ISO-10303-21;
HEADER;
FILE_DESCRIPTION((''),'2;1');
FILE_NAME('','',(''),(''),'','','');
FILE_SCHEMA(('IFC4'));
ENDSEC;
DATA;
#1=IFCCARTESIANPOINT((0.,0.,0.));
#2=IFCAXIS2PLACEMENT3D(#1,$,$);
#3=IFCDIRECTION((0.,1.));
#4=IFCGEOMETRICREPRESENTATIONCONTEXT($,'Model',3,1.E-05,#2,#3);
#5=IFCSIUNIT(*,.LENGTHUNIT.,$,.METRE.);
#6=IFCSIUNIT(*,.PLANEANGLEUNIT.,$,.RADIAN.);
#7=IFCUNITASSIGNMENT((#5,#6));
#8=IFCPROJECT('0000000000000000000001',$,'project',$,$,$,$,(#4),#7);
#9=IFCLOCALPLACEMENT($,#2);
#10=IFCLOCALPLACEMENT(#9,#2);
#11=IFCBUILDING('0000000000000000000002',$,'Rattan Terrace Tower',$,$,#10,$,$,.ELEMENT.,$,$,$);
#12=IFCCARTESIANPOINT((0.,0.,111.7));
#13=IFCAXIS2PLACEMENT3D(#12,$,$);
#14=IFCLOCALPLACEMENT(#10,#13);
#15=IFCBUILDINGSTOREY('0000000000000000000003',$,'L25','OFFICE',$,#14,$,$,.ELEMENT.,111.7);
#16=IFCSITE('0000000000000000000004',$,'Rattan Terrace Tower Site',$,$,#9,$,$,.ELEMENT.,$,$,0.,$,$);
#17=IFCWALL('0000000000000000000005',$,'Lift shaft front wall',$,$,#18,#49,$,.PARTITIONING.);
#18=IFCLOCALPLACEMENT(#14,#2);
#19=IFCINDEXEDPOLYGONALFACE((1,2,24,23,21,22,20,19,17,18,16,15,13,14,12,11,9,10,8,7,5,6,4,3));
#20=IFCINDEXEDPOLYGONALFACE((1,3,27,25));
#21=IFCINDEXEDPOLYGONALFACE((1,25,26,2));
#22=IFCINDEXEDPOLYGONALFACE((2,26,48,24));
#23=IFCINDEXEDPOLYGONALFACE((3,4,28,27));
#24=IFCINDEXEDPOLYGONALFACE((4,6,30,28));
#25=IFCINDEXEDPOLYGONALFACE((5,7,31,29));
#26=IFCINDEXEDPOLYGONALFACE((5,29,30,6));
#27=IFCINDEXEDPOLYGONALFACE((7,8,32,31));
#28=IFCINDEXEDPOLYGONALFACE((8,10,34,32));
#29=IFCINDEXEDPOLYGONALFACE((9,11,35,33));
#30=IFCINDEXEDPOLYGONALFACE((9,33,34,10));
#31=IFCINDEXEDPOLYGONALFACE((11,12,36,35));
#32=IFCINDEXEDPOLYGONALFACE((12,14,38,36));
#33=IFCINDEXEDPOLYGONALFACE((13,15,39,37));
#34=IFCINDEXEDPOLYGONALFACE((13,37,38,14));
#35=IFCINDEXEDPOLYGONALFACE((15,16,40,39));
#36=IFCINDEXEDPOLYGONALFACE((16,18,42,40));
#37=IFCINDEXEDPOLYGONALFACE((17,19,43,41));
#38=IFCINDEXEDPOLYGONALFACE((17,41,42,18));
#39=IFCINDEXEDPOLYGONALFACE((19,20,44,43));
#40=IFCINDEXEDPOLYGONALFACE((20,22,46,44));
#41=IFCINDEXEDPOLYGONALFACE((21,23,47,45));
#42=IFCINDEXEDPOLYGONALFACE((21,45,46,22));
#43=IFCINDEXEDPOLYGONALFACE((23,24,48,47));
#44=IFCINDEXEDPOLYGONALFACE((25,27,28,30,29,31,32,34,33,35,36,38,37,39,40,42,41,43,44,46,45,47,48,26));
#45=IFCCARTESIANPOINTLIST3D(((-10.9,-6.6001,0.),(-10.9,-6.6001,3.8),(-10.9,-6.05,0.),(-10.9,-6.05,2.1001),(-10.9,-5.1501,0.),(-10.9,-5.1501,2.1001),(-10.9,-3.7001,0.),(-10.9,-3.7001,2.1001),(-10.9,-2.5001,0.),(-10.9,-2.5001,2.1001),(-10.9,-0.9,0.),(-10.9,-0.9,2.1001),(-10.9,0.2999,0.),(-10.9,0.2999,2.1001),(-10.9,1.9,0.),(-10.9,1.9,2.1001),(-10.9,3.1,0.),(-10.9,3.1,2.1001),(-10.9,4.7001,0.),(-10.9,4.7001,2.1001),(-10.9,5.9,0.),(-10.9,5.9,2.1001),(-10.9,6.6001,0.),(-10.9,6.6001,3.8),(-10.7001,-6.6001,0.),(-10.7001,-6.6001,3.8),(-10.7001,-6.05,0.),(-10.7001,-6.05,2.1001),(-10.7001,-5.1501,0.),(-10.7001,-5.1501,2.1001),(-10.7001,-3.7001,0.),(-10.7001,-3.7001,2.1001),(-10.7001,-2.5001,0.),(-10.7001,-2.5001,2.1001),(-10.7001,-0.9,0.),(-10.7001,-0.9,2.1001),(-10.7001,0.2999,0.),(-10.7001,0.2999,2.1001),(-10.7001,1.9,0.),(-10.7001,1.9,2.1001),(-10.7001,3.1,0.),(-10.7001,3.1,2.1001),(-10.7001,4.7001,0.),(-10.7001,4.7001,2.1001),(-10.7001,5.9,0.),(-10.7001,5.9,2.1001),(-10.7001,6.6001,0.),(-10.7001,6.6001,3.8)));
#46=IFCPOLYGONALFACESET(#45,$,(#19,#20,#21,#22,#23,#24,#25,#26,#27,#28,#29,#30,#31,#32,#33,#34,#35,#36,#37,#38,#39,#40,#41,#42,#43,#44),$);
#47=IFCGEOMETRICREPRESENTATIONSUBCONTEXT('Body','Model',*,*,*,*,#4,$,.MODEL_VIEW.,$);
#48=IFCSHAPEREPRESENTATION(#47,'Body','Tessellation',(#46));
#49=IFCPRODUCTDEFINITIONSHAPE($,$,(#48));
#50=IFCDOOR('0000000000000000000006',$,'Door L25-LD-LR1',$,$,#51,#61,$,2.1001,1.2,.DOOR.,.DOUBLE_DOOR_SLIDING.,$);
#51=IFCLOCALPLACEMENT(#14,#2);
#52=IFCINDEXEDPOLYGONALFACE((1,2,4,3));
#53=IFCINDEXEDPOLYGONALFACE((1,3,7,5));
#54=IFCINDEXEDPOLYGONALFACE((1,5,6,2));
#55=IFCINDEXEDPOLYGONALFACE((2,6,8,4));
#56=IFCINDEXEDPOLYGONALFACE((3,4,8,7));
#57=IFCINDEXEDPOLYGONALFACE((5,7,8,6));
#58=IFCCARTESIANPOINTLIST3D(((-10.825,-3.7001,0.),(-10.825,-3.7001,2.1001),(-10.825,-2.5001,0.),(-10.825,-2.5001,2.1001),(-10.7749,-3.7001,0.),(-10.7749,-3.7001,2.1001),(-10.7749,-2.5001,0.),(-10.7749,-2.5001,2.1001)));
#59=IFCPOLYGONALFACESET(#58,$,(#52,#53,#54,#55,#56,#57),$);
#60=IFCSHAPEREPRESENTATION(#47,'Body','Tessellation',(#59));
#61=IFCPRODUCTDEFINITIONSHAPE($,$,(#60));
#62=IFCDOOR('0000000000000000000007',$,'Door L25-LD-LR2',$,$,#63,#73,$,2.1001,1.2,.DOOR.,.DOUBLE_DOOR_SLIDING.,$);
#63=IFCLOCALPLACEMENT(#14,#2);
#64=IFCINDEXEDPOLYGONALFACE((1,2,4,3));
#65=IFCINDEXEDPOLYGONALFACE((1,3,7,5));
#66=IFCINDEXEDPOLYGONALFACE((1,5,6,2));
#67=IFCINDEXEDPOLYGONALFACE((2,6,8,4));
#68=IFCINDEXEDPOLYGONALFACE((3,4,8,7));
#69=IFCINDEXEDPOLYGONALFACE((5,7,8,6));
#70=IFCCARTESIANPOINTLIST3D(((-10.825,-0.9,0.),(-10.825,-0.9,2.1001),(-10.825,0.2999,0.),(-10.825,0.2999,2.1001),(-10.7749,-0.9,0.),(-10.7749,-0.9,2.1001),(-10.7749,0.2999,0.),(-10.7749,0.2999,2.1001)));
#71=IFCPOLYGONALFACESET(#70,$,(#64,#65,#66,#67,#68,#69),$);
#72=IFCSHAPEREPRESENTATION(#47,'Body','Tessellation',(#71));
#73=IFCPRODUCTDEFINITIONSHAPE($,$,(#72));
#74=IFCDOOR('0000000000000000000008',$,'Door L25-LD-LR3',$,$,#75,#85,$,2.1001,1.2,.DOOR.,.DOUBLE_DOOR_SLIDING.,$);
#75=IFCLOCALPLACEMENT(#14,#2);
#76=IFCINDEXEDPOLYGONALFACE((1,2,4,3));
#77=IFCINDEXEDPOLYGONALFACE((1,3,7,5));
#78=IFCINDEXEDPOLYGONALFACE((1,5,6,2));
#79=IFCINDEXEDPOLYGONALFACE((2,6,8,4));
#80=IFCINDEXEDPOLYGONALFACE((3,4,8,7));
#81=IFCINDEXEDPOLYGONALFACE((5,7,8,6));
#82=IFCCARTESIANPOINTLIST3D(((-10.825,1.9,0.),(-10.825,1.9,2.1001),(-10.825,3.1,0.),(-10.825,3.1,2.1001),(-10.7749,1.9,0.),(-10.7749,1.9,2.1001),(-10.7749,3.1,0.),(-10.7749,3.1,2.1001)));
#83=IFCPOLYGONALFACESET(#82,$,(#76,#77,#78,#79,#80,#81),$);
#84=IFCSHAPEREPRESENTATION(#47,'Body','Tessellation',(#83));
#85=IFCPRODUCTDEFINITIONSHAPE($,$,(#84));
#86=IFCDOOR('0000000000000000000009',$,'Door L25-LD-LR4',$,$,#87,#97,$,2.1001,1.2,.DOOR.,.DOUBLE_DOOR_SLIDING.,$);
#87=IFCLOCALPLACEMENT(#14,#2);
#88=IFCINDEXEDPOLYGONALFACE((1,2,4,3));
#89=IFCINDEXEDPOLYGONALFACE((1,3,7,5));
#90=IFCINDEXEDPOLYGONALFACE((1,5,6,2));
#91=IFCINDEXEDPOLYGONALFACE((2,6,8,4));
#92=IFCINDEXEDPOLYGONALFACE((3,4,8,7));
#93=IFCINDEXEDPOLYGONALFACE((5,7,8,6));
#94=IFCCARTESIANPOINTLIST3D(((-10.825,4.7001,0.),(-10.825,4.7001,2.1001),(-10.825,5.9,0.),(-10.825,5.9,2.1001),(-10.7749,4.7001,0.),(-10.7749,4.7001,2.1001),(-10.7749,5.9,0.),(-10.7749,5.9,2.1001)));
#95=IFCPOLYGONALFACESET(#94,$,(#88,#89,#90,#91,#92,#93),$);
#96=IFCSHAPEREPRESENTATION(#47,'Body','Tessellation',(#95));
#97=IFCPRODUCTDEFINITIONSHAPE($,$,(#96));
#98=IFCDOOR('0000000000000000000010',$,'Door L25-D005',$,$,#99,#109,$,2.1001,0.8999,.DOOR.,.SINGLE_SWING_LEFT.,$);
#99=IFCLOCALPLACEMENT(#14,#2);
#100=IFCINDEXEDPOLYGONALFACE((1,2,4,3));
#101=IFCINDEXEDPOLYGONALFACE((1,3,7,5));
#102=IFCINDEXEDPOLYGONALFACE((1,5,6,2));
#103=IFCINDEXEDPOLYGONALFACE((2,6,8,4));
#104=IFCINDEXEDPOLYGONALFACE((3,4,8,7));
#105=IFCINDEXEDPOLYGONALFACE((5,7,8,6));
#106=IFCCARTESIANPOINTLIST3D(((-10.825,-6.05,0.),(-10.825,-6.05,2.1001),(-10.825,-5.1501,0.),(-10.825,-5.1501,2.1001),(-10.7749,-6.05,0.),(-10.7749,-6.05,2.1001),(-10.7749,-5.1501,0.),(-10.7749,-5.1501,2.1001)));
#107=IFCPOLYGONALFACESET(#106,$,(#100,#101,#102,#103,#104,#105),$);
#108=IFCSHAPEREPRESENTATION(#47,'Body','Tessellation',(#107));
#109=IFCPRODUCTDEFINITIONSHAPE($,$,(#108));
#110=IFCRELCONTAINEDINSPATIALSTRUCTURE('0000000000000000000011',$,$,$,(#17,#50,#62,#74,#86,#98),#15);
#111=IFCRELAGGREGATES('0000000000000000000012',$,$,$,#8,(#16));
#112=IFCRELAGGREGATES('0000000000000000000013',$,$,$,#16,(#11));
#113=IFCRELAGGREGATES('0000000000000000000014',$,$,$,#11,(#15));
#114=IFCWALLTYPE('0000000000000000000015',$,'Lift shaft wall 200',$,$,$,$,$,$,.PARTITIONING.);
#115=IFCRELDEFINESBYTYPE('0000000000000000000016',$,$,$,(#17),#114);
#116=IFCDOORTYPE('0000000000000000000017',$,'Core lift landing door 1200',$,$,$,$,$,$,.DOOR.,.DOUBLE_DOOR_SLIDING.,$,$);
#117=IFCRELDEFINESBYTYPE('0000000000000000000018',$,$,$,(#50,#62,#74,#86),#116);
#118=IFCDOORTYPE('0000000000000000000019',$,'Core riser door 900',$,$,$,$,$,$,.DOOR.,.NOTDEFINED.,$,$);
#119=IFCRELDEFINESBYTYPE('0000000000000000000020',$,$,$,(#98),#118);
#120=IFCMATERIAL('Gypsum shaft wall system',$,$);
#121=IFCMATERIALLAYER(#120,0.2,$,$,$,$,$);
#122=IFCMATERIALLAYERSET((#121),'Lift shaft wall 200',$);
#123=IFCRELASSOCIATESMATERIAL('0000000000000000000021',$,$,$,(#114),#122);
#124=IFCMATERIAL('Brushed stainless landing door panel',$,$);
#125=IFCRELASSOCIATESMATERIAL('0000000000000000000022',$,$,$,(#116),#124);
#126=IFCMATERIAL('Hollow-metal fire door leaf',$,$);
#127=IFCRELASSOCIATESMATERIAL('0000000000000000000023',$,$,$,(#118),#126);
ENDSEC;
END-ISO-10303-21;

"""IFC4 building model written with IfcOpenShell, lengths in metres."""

from ifc_helpers import new_model, si_unit, direction, frame, frame_2d, origin, place, context, subcontext, project, spatial, rectangle, extrude, material, layer, layer_set, type_object, element, fill, save


model = new_model("IFC4")

# Units and contexts
model_context = context("Model", 3, precision=1e-05, world=origin(), true_north=direction((0.0, 1.0)))
body_context = subcontext(model_context, "Body", "Model", "MODEL_VIEW")
ifc_project = project(units=[si_unit("LENGTHUNIT", "METRE"), si_unit("PLANEANGLEUNIT", "RADIAN")], contexts=[model_context])

# Site, building, storey
site_placement = place(None, origin())
site = spatial("IfcSite", under=ifc_project, at=site_placement, Name="Rattan Terrace Tower Site", CompositionType="ELEMENT", RefElevation=0.0)
building_placement = place(site_placement, origin())
building = spatial("IfcBuilding", under=site, at=building_placement, Name="Rattan Terrace Tower", CompositionType="ELEMENT")
storey_placement = place(building_placement, frame((0.0, 0.0, 111.7)))
storey = spatial("IfcBuildingStorey", under=building, at=storey_placement, Name="L25", Description="OFFICE", CompositionType="ELEMENT", Elevation=111.7)

# Wall, openings, doors
ifc_material_1 = material(Name="Gypsum shaft wall system")
ifc_layer_1 = layer(ifc_material_1, 0.2)
ifc_layer_set_1 = layer_set([ifc_layer_1], Name="Lift shaft wall 200")
wall_type_1 = type_object("IfcWallType", Name="Lift shaft wall 200", PredefinedType="PARTITIONING", material=ifc_layer_set_1)
wall_1_placement = place(storey_placement, frame((-10.8, -6.6001, 0.0), z_axis=(0.0, 0.0, 1.0), x_axis=(0.0, 1.0, 0.0)))
wall_1 = element("IfcWall", 1, at=wall_1_placement, inside=storey, type_object=wall_type_1, Name="Lift shaft front wall", PredefinedType="PARTITIONING", context=body_context, shape_type="SweptSolid", body=[
    extrude(rectangle(XDim=13.2002, YDim=0.2, at=frame_2d((6.6001, 0.0))), origin(), (0.0, 0.0, 1.0), 3.8),
])
opening_1_placement = place(wall_1_placement, frame((0.55, 0.0, 0.0)))
opening_1 = element("IfcOpeningElement", 2, at=opening_1_placement, cuts=wall_1, PredefinedType="OPENING", context=body_context, shape_type="SweptSolid", body=[
    extrude(rectangle(XDim=0.8999, YDim=2.1001, at=frame_2d((0.45, 1.05))), frame((0.0, 0.1106, 0.0), z_axis=(0.0, -1.0, 0.0), x_axis=(1.0, 0.0, 0.0)), (0.0, 0.0, 1.0), 0.2209),
])
opening_2_placement = place(wall_1_placement, frame((2.8999, 0.0, 0.0)))
opening_2 = element("IfcOpeningElement", 3, at=opening_2_placement, cuts=wall_1, PredefinedType="OPENING", context=body_context, shape_type="SweptSolid", body=[
    extrude(rectangle(XDim=1.2, YDim=2.1001, at=frame_2d((0.6001, 1.05))), frame((0.0, 0.1106, 0.0), z_axis=(0.0, -1.0, 0.0), x_axis=(1.0, 0.0, 0.0)), (0.0, 0.0, 1.0), 0.2209),
])
opening_3_placement = place(wall_1_placement, frame((5.7, 0.0, 0.0)))
opening_3 = element("IfcOpeningElement", 4, at=opening_3_placement, cuts=wall_1, PredefinedType="OPENING", context=body_context, shape_type="SweptSolid", body=[
    extrude(rectangle(XDim=1.2, YDim=2.1001, at=frame_2d((0.6001, 1.05))), frame((0.0, 0.1106, 0.0), z_axis=(0.0, -1.0, 0.0), x_axis=(1.0, 0.0, 0.0)), (0.0, 0.0, 1.0), 0.2209),
])
opening_4_placement = place(wall_1_placement, frame((8.5, 0.0, 0.0)))
opening_4 = element("IfcOpeningElement", 5, at=opening_4_placement, cuts=wall_1, PredefinedType="OPENING", context=body_context, shape_type="SweptSolid", body=[
    extrude(rectangle(XDim=1.2, YDim=2.1001, at=frame_2d((0.6001, 1.05))), frame((0.0, 0.1106, 0.0), z_axis=(0.0, -1.0, 0.0), x_axis=(1.0, 0.0, 0.0)), (0.0, 0.0, 1.0), 0.2209),
])
opening_5_placement = place(wall_1_placement, frame((11.3, 0.0, 0.0)))
opening_5 = element("IfcOpeningElement", 6, at=opening_5_placement, cuts=wall_1, PredefinedType="OPENING", context=body_context, shape_type="SweptSolid", body=[
    extrude(rectangle(XDim=1.2, YDim=2.1001, at=frame_2d((0.6001, 1.05))), frame((0.0, 0.1106, 0.0), z_axis=(0.0, -1.0, 0.0), x_axis=(1.0, 0.0, 0.0)), (0.0, 0.0, 1.0), 0.2209),
])
ifc_material_2 = material(Name="Brushed stainless landing door panel")
door_type_1 = type_object("IfcDoorType", Name="Core lift landing door 1200", OperationType="DOUBLE_DOOR_SLIDING", PredefinedType="DOOR", material=ifc_material_2)
door_1_placement = place(opening_2_placement, origin())
door_1 = element("IfcDoor", 7, at=door_1_placement, inside=storey, type_object=door_type_1, Name="Door L25-LD-LR1", OperationType="DOUBLE_DOOR_SLIDING", OverallHeight=2.1001, OverallWidth=1.2, PredefinedType="DOOR", context=body_context, shape_type="SweptSolid", body=[
    extrude(rectangle(XDim=1.2, YDim=2.1001, at=frame_2d((0.6001, 1.05))), frame((0.0, 0.0249, 0.0), z_axis=(0.0, -1.0, 0.0), x_axis=(1.0, 0.0, 0.0)), (0.0, 0.0, 1.0), 0.05),
])
fill(opening_2, door_1)
door_2_placement = place(opening_3_placement, origin())
door_2 = element("IfcDoor", 8, at=door_2_placement, inside=storey, type_object=door_type_1, Name="Door L25-LD-LR2", OperationType="DOUBLE_DOOR_SLIDING", OverallHeight=2.1001, OverallWidth=1.2, PredefinedType="DOOR", context=body_context, shape_type="SweptSolid", body=[
    extrude(rectangle(XDim=1.2, YDim=2.1001, at=frame_2d((0.6001, 1.05))), frame((0.0, 0.0249, 0.0), z_axis=(0.0, -1.0, 0.0), x_axis=(1.0, 0.0, 0.0)), (0.0, 0.0, 1.0), 0.05),
])
fill(opening_3, door_2)
door_3_placement = place(opening_4_placement, origin())
door_3 = element("IfcDoor", 9, at=door_3_placement, inside=storey, type_object=door_type_1, Name="Door L25-LD-LR3", OperationType="DOUBLE_DOOR_SLIDING", OverallHeight=2.1001, OverallWidth=1.2, PredefinedType="DOOR", context=body_context, shape_type="SweptSolid", body=[
    extrude(rectangle(XDim=1.2, YDim=2.1001, at=frame_2d((0.6001, 1.05))), frame((0.0, 0.0249, 0.0), z_axis=(0.0, -1.0, 0.0), x_axis=(1.0, 0.0, 0.0)), (0.0, 0.0, 1.0), 0.05),
])
fill(opening_4, door_3)
door_4_placement = place(opening_5_placement, origin())
door_4 = element("IfcDoor", 10, at=door_4_placement, inside=storey, type_object=door_type_1, Name="Door L25-LD-LR4", OperationType="DOUBLE_DOOR_SLIDING", OverallHeight=2.1001, OverallWidth=1.2, PredefinedType="DOOR", context=body_context, shape_type="SweptSolid", body=[
    extrude(rectangle(XDim=1.2, YDim=2.1001, at=frame_2d((0.6001, 1.05))), frame((0.0, 0.0249, 0.0), z_axis=(0.0, -1.0, 0.0), x_axis=(1.0, 0.0, 0.0)), (0.0, 0.0, 1.0), 0.05),
])
fill(opening_5, door_4)
ifc_material_3 = material(Name="Hollow-metal fire door leaf")
door_type_2 = type_object("IfcDoorType", Name="Core riser door 900", OperationType="NOTDEFINED", PredefinedType="DOOR", material=ifc_material_3)
door_5_placement = place(opening_1_placement, origin())
door_5 = element("IfcDoor", 11, at=door_5_placement, inside=storey, type_object=door_type_2, Name="Door L25-D005", OperationType="SINGLE_SWING_LEFT", OverallHeight=2.1001, OverallWidth=0.8999, PredefinedType="DOOR", context=body_context, shape_type="SweptSolid", body=[
    extrude(rectangle(XDim=0.8999, YDim=2.1001, at=frame_2d((0.45, 1.05))), frame((0.0, 0.0249, 0.0), z_axis=(0.0, -1.0, 0.0), x_axis=(1.0, 0.0, 0.0)), (0.0, 0.0, 1.0), 0.05),
])
fill(opening_1, door_5)

save(model, "model.ifc")
